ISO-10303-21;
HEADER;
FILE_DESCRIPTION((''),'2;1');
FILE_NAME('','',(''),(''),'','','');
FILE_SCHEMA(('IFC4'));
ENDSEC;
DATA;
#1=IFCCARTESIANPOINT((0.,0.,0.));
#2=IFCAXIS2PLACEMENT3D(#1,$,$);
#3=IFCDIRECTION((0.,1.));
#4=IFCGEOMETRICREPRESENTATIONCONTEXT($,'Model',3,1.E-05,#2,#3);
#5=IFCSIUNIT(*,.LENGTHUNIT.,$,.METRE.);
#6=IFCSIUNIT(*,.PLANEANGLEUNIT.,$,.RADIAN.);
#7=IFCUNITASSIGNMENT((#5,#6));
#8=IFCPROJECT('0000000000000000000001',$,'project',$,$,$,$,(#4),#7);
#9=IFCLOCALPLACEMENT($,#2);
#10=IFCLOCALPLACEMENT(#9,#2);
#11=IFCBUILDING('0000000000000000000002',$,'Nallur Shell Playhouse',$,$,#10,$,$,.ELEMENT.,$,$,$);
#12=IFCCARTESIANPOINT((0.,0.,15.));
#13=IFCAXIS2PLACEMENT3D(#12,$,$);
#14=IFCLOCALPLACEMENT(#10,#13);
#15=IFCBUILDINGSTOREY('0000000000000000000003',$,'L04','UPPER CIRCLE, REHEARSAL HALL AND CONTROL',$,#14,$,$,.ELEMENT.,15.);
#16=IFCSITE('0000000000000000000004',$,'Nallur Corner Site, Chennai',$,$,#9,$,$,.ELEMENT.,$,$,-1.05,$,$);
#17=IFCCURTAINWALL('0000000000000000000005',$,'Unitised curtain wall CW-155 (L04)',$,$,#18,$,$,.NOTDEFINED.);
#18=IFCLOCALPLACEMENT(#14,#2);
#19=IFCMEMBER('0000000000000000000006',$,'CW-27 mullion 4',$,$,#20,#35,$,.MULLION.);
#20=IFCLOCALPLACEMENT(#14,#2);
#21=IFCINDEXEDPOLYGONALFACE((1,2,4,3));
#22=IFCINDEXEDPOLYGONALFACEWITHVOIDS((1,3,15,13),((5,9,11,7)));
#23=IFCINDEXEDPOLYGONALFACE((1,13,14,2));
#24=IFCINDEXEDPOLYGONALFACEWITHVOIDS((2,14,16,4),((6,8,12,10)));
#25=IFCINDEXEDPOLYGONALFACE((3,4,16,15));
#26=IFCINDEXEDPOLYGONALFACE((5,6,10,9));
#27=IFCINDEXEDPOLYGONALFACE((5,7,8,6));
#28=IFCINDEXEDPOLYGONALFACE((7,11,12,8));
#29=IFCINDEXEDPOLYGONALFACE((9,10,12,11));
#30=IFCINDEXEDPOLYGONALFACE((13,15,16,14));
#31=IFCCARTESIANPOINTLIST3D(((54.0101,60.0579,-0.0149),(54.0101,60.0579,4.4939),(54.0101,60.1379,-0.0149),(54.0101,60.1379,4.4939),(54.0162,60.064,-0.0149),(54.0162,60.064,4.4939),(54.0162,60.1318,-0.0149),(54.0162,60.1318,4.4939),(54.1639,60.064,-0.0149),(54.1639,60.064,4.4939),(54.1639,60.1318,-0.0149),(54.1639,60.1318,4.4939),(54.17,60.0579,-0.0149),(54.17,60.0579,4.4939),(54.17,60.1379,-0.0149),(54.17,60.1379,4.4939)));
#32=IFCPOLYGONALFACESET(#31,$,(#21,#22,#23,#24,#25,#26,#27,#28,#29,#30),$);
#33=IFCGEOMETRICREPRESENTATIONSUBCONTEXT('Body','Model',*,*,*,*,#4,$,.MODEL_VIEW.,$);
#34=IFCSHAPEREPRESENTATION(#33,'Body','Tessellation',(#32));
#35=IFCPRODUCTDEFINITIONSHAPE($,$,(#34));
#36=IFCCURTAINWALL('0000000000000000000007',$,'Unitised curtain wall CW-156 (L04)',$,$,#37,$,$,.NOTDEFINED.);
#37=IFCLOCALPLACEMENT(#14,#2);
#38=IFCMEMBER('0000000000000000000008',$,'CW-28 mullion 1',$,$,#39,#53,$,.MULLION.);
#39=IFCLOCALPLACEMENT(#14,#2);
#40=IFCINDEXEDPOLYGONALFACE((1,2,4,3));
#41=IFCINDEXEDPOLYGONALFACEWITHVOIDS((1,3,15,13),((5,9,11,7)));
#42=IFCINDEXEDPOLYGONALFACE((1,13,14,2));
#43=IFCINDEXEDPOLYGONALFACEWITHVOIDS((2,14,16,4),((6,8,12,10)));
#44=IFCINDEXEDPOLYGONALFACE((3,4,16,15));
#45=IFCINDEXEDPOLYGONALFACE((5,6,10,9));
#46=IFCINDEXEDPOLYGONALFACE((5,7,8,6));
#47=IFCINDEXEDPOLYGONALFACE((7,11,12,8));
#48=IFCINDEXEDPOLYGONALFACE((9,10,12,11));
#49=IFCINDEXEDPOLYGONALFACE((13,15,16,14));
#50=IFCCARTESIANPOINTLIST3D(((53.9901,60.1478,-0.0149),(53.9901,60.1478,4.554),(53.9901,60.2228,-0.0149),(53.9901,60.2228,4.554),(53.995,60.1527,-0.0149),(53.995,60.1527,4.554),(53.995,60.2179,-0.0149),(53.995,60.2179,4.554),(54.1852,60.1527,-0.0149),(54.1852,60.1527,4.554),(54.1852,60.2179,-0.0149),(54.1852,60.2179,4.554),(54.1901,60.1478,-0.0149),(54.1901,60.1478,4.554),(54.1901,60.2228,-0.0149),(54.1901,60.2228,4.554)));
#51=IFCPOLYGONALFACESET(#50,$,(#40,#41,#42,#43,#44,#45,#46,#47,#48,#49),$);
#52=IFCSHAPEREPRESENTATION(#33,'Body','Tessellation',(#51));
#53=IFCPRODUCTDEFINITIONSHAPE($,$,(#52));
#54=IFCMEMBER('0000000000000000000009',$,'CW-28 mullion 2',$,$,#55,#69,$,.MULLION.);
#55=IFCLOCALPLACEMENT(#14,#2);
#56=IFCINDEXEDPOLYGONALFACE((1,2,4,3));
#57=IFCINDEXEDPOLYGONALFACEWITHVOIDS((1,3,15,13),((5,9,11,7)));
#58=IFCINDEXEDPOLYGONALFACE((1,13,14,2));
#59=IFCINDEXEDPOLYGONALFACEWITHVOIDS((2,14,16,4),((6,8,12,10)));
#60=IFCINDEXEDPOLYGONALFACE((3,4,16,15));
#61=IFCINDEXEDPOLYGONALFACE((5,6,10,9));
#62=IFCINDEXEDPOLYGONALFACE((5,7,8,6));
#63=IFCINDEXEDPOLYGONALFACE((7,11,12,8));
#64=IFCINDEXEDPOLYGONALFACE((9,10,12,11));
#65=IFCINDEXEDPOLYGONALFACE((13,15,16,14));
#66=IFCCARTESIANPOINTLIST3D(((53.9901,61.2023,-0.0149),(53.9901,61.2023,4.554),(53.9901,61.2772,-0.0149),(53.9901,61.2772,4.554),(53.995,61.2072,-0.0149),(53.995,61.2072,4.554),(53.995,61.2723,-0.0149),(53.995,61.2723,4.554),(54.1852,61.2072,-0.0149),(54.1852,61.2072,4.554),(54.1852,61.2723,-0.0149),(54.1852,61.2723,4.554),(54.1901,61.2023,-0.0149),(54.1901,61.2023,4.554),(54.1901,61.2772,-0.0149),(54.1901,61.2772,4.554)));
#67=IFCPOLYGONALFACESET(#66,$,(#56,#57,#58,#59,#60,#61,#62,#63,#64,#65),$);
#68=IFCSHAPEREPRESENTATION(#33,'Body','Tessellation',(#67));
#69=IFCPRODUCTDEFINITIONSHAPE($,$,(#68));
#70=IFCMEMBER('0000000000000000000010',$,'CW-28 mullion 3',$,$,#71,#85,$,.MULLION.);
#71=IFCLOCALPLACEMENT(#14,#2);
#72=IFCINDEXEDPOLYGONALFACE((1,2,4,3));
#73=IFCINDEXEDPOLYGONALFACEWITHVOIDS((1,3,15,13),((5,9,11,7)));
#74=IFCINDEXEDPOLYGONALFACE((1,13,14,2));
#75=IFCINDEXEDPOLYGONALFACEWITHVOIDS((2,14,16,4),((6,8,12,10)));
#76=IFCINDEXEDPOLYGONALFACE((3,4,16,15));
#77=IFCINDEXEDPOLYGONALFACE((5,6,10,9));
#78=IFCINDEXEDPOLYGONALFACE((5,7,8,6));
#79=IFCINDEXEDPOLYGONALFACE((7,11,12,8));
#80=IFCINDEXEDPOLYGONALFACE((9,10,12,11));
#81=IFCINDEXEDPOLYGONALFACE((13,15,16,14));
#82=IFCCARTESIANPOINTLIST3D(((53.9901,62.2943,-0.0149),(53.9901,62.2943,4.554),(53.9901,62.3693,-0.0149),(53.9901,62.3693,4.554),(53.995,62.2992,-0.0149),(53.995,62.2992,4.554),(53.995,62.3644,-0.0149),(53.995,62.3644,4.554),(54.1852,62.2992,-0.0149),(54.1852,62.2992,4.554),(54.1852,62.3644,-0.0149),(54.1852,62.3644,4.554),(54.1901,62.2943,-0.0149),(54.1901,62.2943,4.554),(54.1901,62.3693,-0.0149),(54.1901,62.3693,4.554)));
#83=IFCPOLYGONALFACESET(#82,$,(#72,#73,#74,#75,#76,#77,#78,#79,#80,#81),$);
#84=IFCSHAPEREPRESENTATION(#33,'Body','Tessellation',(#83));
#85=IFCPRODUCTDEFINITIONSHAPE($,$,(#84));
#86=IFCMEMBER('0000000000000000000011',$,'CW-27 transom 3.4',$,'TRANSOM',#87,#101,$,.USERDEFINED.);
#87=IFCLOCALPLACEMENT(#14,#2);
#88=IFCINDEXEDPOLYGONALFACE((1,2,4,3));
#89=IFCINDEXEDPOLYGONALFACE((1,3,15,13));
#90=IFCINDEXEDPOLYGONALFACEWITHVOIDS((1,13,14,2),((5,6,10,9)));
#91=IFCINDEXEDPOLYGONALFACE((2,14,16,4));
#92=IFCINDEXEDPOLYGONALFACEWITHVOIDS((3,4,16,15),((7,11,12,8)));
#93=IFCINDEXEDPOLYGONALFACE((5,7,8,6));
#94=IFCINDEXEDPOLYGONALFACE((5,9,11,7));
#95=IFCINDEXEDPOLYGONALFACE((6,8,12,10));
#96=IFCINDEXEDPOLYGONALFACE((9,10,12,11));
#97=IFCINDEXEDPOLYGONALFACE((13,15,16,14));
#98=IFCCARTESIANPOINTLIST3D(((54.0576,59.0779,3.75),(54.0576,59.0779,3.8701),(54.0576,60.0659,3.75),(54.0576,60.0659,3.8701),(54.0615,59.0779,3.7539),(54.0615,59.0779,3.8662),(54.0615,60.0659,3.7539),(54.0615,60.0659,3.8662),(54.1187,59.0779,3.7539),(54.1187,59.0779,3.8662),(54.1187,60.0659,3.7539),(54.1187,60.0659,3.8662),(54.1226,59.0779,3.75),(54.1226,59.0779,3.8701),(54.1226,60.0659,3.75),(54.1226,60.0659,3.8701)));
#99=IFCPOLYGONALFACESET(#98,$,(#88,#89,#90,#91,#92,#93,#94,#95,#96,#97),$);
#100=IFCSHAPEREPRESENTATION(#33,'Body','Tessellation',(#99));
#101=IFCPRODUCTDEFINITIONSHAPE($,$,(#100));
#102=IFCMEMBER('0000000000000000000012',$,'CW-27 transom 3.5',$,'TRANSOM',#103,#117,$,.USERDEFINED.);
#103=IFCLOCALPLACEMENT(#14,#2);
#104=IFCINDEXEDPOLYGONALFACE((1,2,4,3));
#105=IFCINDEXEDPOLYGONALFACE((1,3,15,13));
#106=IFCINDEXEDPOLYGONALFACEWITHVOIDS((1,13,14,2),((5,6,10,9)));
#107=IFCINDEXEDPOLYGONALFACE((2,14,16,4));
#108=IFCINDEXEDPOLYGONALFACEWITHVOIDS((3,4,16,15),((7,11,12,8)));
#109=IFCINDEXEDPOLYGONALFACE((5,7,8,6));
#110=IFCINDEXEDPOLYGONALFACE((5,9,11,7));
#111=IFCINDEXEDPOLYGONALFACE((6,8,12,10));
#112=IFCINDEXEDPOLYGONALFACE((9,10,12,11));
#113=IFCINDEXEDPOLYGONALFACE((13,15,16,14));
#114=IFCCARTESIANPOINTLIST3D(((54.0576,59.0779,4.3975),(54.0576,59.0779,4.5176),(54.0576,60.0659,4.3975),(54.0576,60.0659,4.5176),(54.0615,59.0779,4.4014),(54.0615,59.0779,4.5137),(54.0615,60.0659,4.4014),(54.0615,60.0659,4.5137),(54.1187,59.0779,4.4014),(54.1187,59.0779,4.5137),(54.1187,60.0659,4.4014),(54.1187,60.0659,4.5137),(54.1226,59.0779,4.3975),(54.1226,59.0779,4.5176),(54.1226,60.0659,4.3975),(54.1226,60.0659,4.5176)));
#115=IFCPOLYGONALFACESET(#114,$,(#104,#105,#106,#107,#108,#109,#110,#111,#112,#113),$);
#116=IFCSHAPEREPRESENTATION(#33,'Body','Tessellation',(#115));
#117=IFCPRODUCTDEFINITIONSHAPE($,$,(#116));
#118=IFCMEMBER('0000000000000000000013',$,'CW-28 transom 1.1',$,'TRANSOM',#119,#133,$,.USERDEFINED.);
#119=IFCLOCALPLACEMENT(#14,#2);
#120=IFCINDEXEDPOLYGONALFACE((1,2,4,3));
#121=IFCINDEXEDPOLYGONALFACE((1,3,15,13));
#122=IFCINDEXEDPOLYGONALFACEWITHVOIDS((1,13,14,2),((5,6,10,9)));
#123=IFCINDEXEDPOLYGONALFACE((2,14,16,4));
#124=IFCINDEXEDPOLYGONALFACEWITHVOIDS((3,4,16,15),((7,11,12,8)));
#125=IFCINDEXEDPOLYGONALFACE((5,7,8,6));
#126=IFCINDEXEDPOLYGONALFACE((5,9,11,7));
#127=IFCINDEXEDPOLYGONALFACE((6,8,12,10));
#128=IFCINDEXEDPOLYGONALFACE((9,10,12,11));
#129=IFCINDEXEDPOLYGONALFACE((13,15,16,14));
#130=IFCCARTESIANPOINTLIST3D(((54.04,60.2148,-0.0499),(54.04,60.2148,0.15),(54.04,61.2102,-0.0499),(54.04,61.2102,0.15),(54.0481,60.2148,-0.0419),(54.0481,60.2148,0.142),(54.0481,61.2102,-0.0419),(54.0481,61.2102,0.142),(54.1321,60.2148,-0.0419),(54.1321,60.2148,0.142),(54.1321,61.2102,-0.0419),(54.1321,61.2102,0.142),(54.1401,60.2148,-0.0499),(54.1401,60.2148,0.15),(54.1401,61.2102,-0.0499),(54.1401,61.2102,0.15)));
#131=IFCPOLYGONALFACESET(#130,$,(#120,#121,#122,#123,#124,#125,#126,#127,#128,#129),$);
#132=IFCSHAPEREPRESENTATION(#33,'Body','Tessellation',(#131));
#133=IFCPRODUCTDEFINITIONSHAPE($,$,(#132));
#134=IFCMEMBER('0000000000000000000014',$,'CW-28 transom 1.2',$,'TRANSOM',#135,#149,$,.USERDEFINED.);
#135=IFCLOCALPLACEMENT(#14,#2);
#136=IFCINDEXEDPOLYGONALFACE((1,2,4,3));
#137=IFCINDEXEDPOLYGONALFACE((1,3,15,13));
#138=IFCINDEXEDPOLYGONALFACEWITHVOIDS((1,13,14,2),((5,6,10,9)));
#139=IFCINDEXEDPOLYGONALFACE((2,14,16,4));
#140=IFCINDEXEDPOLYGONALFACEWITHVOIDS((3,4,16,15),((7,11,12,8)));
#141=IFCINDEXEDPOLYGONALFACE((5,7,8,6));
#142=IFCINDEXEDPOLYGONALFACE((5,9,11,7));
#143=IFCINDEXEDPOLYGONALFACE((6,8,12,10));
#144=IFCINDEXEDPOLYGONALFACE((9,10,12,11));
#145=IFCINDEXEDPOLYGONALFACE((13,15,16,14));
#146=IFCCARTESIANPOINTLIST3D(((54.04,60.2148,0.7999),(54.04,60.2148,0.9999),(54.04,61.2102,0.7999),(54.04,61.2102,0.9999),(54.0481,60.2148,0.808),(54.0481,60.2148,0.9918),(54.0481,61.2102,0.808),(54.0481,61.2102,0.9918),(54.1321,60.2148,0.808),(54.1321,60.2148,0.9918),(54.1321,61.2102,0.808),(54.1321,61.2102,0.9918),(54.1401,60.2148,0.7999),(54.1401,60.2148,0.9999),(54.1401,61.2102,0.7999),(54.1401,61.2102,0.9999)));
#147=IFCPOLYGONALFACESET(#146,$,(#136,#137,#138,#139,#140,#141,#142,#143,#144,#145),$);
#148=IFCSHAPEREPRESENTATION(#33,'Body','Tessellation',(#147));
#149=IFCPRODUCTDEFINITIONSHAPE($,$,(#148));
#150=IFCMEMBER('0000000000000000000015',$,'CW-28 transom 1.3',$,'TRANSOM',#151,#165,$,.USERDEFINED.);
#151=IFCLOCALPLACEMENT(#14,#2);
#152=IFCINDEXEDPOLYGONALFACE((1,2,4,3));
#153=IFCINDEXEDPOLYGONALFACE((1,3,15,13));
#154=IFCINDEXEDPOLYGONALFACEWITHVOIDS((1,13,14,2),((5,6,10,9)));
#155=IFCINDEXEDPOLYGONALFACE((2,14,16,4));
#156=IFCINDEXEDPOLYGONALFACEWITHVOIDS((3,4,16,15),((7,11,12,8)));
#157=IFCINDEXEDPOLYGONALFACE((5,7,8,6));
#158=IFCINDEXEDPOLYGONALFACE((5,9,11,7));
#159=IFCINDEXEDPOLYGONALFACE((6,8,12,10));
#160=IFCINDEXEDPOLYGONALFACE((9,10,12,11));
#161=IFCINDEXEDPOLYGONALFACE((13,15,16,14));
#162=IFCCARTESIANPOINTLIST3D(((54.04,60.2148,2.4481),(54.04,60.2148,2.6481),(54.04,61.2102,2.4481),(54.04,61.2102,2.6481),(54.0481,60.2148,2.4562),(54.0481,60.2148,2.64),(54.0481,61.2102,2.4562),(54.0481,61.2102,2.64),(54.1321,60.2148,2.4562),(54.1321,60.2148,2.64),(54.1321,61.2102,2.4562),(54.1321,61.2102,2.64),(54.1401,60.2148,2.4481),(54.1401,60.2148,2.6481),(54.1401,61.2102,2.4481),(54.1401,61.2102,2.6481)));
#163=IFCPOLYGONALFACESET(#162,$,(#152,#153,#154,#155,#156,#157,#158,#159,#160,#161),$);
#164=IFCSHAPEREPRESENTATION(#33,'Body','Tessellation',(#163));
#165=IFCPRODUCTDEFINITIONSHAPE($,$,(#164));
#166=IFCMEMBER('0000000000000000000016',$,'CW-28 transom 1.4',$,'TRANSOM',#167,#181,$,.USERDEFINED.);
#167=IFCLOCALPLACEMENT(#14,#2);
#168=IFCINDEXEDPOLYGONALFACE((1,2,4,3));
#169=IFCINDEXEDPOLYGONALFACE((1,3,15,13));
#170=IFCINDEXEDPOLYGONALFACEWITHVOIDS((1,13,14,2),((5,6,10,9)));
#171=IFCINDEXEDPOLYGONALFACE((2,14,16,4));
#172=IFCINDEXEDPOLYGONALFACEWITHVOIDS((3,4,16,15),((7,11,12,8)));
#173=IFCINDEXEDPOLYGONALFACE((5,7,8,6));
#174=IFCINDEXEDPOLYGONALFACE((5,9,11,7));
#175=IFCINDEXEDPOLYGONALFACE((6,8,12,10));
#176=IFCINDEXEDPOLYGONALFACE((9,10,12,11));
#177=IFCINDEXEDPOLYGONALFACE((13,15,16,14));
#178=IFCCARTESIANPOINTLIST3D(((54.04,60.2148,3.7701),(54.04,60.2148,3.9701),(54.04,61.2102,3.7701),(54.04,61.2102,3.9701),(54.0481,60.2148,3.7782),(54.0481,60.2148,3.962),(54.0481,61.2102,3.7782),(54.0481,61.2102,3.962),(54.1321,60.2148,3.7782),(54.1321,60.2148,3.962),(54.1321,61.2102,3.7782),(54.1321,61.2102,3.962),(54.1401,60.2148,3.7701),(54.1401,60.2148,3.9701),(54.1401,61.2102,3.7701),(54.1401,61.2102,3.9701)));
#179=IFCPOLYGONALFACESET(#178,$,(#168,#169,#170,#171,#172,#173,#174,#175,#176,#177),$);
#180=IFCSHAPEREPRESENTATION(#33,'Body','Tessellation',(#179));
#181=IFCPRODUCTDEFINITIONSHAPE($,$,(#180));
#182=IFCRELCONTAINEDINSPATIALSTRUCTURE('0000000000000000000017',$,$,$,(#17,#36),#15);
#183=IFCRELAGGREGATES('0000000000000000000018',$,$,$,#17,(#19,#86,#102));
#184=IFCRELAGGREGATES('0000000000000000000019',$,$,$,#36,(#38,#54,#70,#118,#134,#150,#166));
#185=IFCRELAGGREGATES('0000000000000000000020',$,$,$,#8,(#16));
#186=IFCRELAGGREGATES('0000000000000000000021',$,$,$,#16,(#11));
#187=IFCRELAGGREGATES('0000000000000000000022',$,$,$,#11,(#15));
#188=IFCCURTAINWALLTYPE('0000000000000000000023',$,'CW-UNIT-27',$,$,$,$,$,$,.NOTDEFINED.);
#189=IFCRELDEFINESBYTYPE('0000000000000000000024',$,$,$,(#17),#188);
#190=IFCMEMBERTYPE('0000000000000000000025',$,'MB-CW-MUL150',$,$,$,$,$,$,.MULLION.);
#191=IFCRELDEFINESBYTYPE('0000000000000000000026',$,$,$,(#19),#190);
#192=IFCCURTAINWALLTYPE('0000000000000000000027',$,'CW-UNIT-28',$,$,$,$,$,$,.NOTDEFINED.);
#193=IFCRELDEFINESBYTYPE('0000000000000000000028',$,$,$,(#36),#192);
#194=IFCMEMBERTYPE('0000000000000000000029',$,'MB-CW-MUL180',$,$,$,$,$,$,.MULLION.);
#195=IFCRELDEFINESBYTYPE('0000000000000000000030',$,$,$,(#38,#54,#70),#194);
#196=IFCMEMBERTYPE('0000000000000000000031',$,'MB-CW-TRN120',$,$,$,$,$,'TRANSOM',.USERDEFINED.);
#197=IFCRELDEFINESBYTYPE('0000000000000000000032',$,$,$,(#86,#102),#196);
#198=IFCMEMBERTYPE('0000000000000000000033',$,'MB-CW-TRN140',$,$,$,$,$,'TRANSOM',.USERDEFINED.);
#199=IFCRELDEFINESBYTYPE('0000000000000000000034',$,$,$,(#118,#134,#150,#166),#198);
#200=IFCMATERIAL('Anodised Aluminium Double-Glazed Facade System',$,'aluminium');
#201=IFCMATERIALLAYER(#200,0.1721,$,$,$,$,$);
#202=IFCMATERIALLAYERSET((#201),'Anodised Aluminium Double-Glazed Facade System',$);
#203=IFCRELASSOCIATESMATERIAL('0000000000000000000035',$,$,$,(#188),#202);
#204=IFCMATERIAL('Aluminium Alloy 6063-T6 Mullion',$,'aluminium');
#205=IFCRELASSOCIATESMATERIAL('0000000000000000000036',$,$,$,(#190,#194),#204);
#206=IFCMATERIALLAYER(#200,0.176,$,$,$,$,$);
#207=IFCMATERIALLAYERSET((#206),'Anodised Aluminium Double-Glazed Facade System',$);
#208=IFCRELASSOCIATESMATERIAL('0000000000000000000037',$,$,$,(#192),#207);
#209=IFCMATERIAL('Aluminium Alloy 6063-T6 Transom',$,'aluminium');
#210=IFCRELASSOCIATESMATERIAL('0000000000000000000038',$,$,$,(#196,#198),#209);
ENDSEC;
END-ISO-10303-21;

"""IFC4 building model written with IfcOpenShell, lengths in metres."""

from ifc_helpers import new_model, si_unit, direction, frame, origin, origin_2d, place, context, subcontext, project, spatial, hollow_rectangle, extrude, material, layer, layer_set, material_profile, profile_set, type_object, element, aggregate, save


model = new_model("IFC4")

# Units and contexts
model_context = context("Model", 3, precision=1e-05, world=origin(), true_north=direction((0.0, 1.0)))
body_context = subcontext(model_context, "Body", "Model", "MODEL_VIEW")
ifc_project = project(units=[si_unit("LENGTHUNIT", "METRE"), si_unit("PLANEANGLEUNIT", "RADIAN")], contexts=[model_context])

# Site, building, storey
site_placement = place(None, origin())
site = spatial("IfcSite", under=ifc_project, at=site_placement, Name="Nallur Corner Site, Chennai", CompositionType="ELEMENT", RefElevation=-1.05)
building_placement = place(site_placement, origin())
building = spatial("IfcBuilding", under=site, at=building_placement, Name="Nallur Shell Playhouse", CompositionType="ELEMENT")
storey_placement = place(building_placement, frame((0.0, 0.0, 15.0)))
storey = spatial("IfcBuildingStorey", under=building, at=storey_placement, Name="L04", Description="UPPER CIRCLE, REHEARSAL HALL AND CONTROL", CompositionType="ELEMENT", Elevation=15.0)

# Curtain wall, member
ifc_material_1 = material(Name="Anodised Aluminium Double-Glazed Facade System", Category="aluminium")
ifc_layer_1 = layer(ifc_material_1, 0.1721)
ifc_layer_set_1 = layer_set([ifc_layer_1], Name="Anodised Aluminium Double-Glazed Facade System")
curtain_wall_type_1 = type_object("IfcCurtainWallType", Name="CW-UNIT-27", PredefinedType="NOTDEFINED", material=ifc_layer_set_1)
curtain_wall_1_placement = place(storey_placement, origin())
curtain_wall_1 = element("IfcCurtainWall", 1, at=curtain_wall_1_placement, inside=storey, type_object=curtain_wall_type_1, Name="Unitised curtain wall CW-155 (L04)", PredefinedType="NOTDEFINED")
ifc_material_2 = material(Name="Aluminium Alloy 6063-T6 Mullion", Category="aluminium")
ifc_material_profile_1 = material_profile(ifc_material_2, hollow_rectangle(XDim=0.0801, YDim=0.1599, WallThickness=0.0061, at=origin_2d()), Name="RHS 160x80x6")
ifc_profile_set_1 = profile_set([ifc_material_profile_1], Name="Aluminium Alloy 6063-T6 Mullion")
member_type_1 = type_object("IfcMemberType", Name="MB-CW-MUL150", PredefinedType="MULLION", material=ifc_profile_set_1)
member_1_placement = place(storey_placement, frame((54.0901, 60.0979, -0.0149), z_axis=(0.0, 0.0, 1.0), x_axis=(0.0, 1.0, 0.0)))
member_1 = element("IfcMember", 2, at=member_1_placement, type_object=member_type_1, Name="CW-27 mullion 4", PredefinedType="MULLION", context=body_context, shape_type="SweptSolid", body=[
    extrude(hollow_rectangle(XDim=0.0801, YDim=0.1599, WallThickness=0.0061, at=origin_2d()), origin(), (0.0, 0.0, 1.0), 4.5088),
])

# Curtain wall, members
ifc_layer_2 = layer(ifc_material_1, 0.176)
ifc_layer_set_2 = layer_set([ifc_layer_2], Name="Anodised Aluminium Double-Glazed Facade System")
curtain_wall_type_2 = type_object("IfcCurtainWallType", Name="CW-UNIT-28", PredefinedType="NOTDEFINED", material=ifc_layer_set_2)
curtain_wall_2_placement = place(storey_placement, origin())
curtain_wall_2 = element("IfcCurtainWall", 3, at=curtain_wall_2_placement, inside=storey, type_object=curtain_wall_type_2, Name="Unitised curtain wall CW-156 (L04)", PredefinedType="NOTDEFINED")
ifc_material_profile_2 = material_profile(ifc_material_2, hollow_rectangle(XDim=0.075, YDim=0.2, WallThickness=0.0049, at=origin_2d()), Name="ALU 75x200x5")
ifc_profile_set_2 = profile_set([ifc_material_profile_2], Name="Aluminium Alloy 6063-T6 Mullion")
member_type_2 = type_object("IfcMemberType", Name="MB-CW-MUL180", PredefinedType="MULLION", material=ifc_profile_set_2)
member_2_placement = place(storey_placement, frame((54.0901, 60.1853, -0.0149), z_axis=(0.0, 0.0, 1.0), x_axis=(0.0, 1.0, 0.0)))
member_2 = element("IfcMember", 4, at=member_2_placement, type_object=member_type_2, Name="CW-28 mullion 1", PredefinedType="MULLION", context=body_context, shape_type="SweptSolid", body=[
    extrude(hollow_rectangle(XDim=0.075, YDim=0.2, WallThickness=0.0049, at=origin_2d()), origin(), (0.0, 0.0, 1.0), 4.5688),
])
member_3_placement = place(storey_placement, frame((54.0901, 61.2397, -0.0149), z_axis=(0.0, 0.0, 1.0), x_axis=(0.0, 1.0, 0.0)))
member_3 = element("IfcMember", 5, at=member_3_placement, type_object=member_type_2, Name="CW-28 mullion 2", PredefinedType="MULLION", context=body_context, shape_type="SweptSolid", body=[
    extrude(hollow_rectangle(XDim=0.075, YDim=0.2, WallThickness=0.0049, at=origin_2d()), origin(), (0.0, 0.0, 1.0), 4.5688),
])
member_4_placement = place(storey_placement, frame((54.0901, 62.3318, -0.0149), z_axis=(0.0, 0.0, 1.0), x_axis=(0.0, 1.0, 0.0)))
member_4 = element("IfcMember", 6, at=member_4_placement, type_object=member_type_2, Name="CW-28 mullion 3", PredefinedType="MULLION", context=body_context, shape_type="SweptSolid", body=[
    extrude(hollow_rectangle(XDim=0.075, YDim=0.2, WallThickness=0.0049, at=origin_2d()), origin(), (0.0, 0.0, 1.0), 4.5688),
])

# Members
ifc_material_3 = material(Name="Aluminium Alloy 6063-T6 Transom", Category="aluminium")
ifc_material_profile_3 = material_profile(ifc_material_3, hollow_rectangle(XDim=0.0649, YDim=0.1201, WallThickness=0.0039, at=origin_2d()), Name="ALU 65x120x4")
ifc_profile_set_3 = profile_set([ifc_material_profile_3], Name="Aluminium Alloy 6063-T6 Transom")
member_type_3 = type_object("IfcMemberType", Name="MB-CW-TRN120", ElementType="TRANSOM", PredefinedType="USERDEFINED", material=ifc_profile_set_3)
member_5_placement = place(storey_placement, frame((54.0901, 59.0779, 3.8101), z_axis=(0.0, 1.0, 0.0), x_axis=(-1.0, 0.0, 0.0)))
member_5 = element("IfcMember", 7, at=member_5_placement, type_object=member_type_3, Name="CW-27 transom 3.4", ObjectType="TRANSOM", PredefinedType="USERDEFINED", context=body_context, shape_type="SweptSolid", body=[
    extrude(hollow_rectangle(XDim=0.0649, YDim=0.1201, WallThickness=0.0039, at=origin_2d()), origin(), (0.0, 0.0, 1.0), 0.988),
])
member_6_placement = place(storey_placement, frame((54.0901, 59.0779, 4.4575), z_axis=(0.0, 1.0, 0.0), x_axis=(-1.0, 0.0, 0.0)))
member_6 = element("IfcMember", 8, at=member_6_placement, type_object=member_type_3, Name="CW-27 transom 3.5", ObjectType="TRANSOM", PredefinedType="USERDEFINED", context=body_context, shape_type="SweptSolid", body=[
    extrude(hollow_rectangle(XDim=0.0649, YDim=0.1201, WallThickness=0.0039, at=origin_2d()), origin(), (0.0, 0.0, 1.0), 0.988),
])
ifc_material_profile_4 = material_profile(ifc_material_3, hollow_rectangle(XDim=0.1001, YDim=0.2, WallThickness=0.0081, at=origin_2d()), Name="RHS 200x100x8")
ifc_profile_set_4 = profile_set([ifc_material_profile_4], Name="Aluminium Alloy 6063-T6 Transom")
member_type_4 = type_object("IfcMemberType", Name="MB-CW-TRN140", ElementType="TRANSOM", PredefinedType="USERDEFINED", material=ifc_profile_set_4)
member_7_placement = place(storey_placement, frame((54.0901, 60.2148, 0.05), z_axis=(0.0, 1.0, 0.0), x_axis=(-1.0, 0.0, 0.0)))
member_7 = element("IfcMember", 9, at=member_7_placement, type_object=member_type_4, Name="CW-28 transom 1.1", ObjectType="TRANSOM", PredefinedType="USERDEFINED", context=body_context, shape_type="SweptSolid", body=[
    extrude(hollow_rectangle(XDim=0.1001, YDim=0.2, WallThickness=0.0081, at=origin_2d()), origin(), (0.0, 0.0, 1.0), 0.9954),
])
member_8_placement = place(storey_placement, frame((54.0901, 60.2148, 0.8999), z_axis=(0.0, 1.0, 0.0), x_axis=(-1.0, 0.0, 0.0)))
member_8 = element("IfcMember", 10, at=member_8_placement, type_object=member_type_4, Name="CW-28 transom 1.2", ObjectType="TRANSOM", PredefinedType="USERDEFINED", context=body_context, shape_type="SweptSolid", body=[
    extrude(hollow_rectangle(XDim=0.1001, YDim=0.2, WallThickness=0.0081, at=origin_2d()), origin(), (0.0, 0.0, 1.0), 0.9954),
])
member_9_placement = place(storey_placement, frame((54.0901, 60.2148, 2.5481), z_axis=(0.0, 1.0, 0.0), x_axis=(-1.0, 0.0, 0.0)))
member_9 = element("IfcMember", 11, at=member_9_placement, type_object=member_type_4, Name="CW-28 transom 1.3", ObjectType="TRANSOM", PredefinedType="USERDEFINED", context=body_context, shape_type="SweptSolid", body=[
    extrude(hollow_rectangle(XDim=0.1001, YDim=0.2, WallThickness=0.0081, at=origin_2d()), origin(), (0.0, 0.0, 1.0), 0.9954),
])
member_10_placement = place(storey_placement, frame((54.0901, 60.2148, 3.8701), z_axis=(0.0, 1.0, 0.0), x_axis=(-1.0, 0.0, 0.0)))
member_10 = element("IfcMember", 12, at=member_10_placement, type_object=member_type_4, Name="CW-28 transom 1.4", ObjectType="TRANSOM", PredefinedType="USERDEFINED", context=body_context, shape_type="SweptSolid", body=[
    extrude(hollow_rectangle(XDim=0.1001, YDim=0.2, WallThickness=0.0081, at=origin_2d()), origin(), (0.0, 0.0, 1.0), 0.9954),
])

aggregate(curtain_wall_1, [member_1, member_5, member_6])
aggregate(curtain_wall_2, [member_2, member_3, member_4, member_7, member_8, member_9, member_10])

save(model, "model.ifc")
